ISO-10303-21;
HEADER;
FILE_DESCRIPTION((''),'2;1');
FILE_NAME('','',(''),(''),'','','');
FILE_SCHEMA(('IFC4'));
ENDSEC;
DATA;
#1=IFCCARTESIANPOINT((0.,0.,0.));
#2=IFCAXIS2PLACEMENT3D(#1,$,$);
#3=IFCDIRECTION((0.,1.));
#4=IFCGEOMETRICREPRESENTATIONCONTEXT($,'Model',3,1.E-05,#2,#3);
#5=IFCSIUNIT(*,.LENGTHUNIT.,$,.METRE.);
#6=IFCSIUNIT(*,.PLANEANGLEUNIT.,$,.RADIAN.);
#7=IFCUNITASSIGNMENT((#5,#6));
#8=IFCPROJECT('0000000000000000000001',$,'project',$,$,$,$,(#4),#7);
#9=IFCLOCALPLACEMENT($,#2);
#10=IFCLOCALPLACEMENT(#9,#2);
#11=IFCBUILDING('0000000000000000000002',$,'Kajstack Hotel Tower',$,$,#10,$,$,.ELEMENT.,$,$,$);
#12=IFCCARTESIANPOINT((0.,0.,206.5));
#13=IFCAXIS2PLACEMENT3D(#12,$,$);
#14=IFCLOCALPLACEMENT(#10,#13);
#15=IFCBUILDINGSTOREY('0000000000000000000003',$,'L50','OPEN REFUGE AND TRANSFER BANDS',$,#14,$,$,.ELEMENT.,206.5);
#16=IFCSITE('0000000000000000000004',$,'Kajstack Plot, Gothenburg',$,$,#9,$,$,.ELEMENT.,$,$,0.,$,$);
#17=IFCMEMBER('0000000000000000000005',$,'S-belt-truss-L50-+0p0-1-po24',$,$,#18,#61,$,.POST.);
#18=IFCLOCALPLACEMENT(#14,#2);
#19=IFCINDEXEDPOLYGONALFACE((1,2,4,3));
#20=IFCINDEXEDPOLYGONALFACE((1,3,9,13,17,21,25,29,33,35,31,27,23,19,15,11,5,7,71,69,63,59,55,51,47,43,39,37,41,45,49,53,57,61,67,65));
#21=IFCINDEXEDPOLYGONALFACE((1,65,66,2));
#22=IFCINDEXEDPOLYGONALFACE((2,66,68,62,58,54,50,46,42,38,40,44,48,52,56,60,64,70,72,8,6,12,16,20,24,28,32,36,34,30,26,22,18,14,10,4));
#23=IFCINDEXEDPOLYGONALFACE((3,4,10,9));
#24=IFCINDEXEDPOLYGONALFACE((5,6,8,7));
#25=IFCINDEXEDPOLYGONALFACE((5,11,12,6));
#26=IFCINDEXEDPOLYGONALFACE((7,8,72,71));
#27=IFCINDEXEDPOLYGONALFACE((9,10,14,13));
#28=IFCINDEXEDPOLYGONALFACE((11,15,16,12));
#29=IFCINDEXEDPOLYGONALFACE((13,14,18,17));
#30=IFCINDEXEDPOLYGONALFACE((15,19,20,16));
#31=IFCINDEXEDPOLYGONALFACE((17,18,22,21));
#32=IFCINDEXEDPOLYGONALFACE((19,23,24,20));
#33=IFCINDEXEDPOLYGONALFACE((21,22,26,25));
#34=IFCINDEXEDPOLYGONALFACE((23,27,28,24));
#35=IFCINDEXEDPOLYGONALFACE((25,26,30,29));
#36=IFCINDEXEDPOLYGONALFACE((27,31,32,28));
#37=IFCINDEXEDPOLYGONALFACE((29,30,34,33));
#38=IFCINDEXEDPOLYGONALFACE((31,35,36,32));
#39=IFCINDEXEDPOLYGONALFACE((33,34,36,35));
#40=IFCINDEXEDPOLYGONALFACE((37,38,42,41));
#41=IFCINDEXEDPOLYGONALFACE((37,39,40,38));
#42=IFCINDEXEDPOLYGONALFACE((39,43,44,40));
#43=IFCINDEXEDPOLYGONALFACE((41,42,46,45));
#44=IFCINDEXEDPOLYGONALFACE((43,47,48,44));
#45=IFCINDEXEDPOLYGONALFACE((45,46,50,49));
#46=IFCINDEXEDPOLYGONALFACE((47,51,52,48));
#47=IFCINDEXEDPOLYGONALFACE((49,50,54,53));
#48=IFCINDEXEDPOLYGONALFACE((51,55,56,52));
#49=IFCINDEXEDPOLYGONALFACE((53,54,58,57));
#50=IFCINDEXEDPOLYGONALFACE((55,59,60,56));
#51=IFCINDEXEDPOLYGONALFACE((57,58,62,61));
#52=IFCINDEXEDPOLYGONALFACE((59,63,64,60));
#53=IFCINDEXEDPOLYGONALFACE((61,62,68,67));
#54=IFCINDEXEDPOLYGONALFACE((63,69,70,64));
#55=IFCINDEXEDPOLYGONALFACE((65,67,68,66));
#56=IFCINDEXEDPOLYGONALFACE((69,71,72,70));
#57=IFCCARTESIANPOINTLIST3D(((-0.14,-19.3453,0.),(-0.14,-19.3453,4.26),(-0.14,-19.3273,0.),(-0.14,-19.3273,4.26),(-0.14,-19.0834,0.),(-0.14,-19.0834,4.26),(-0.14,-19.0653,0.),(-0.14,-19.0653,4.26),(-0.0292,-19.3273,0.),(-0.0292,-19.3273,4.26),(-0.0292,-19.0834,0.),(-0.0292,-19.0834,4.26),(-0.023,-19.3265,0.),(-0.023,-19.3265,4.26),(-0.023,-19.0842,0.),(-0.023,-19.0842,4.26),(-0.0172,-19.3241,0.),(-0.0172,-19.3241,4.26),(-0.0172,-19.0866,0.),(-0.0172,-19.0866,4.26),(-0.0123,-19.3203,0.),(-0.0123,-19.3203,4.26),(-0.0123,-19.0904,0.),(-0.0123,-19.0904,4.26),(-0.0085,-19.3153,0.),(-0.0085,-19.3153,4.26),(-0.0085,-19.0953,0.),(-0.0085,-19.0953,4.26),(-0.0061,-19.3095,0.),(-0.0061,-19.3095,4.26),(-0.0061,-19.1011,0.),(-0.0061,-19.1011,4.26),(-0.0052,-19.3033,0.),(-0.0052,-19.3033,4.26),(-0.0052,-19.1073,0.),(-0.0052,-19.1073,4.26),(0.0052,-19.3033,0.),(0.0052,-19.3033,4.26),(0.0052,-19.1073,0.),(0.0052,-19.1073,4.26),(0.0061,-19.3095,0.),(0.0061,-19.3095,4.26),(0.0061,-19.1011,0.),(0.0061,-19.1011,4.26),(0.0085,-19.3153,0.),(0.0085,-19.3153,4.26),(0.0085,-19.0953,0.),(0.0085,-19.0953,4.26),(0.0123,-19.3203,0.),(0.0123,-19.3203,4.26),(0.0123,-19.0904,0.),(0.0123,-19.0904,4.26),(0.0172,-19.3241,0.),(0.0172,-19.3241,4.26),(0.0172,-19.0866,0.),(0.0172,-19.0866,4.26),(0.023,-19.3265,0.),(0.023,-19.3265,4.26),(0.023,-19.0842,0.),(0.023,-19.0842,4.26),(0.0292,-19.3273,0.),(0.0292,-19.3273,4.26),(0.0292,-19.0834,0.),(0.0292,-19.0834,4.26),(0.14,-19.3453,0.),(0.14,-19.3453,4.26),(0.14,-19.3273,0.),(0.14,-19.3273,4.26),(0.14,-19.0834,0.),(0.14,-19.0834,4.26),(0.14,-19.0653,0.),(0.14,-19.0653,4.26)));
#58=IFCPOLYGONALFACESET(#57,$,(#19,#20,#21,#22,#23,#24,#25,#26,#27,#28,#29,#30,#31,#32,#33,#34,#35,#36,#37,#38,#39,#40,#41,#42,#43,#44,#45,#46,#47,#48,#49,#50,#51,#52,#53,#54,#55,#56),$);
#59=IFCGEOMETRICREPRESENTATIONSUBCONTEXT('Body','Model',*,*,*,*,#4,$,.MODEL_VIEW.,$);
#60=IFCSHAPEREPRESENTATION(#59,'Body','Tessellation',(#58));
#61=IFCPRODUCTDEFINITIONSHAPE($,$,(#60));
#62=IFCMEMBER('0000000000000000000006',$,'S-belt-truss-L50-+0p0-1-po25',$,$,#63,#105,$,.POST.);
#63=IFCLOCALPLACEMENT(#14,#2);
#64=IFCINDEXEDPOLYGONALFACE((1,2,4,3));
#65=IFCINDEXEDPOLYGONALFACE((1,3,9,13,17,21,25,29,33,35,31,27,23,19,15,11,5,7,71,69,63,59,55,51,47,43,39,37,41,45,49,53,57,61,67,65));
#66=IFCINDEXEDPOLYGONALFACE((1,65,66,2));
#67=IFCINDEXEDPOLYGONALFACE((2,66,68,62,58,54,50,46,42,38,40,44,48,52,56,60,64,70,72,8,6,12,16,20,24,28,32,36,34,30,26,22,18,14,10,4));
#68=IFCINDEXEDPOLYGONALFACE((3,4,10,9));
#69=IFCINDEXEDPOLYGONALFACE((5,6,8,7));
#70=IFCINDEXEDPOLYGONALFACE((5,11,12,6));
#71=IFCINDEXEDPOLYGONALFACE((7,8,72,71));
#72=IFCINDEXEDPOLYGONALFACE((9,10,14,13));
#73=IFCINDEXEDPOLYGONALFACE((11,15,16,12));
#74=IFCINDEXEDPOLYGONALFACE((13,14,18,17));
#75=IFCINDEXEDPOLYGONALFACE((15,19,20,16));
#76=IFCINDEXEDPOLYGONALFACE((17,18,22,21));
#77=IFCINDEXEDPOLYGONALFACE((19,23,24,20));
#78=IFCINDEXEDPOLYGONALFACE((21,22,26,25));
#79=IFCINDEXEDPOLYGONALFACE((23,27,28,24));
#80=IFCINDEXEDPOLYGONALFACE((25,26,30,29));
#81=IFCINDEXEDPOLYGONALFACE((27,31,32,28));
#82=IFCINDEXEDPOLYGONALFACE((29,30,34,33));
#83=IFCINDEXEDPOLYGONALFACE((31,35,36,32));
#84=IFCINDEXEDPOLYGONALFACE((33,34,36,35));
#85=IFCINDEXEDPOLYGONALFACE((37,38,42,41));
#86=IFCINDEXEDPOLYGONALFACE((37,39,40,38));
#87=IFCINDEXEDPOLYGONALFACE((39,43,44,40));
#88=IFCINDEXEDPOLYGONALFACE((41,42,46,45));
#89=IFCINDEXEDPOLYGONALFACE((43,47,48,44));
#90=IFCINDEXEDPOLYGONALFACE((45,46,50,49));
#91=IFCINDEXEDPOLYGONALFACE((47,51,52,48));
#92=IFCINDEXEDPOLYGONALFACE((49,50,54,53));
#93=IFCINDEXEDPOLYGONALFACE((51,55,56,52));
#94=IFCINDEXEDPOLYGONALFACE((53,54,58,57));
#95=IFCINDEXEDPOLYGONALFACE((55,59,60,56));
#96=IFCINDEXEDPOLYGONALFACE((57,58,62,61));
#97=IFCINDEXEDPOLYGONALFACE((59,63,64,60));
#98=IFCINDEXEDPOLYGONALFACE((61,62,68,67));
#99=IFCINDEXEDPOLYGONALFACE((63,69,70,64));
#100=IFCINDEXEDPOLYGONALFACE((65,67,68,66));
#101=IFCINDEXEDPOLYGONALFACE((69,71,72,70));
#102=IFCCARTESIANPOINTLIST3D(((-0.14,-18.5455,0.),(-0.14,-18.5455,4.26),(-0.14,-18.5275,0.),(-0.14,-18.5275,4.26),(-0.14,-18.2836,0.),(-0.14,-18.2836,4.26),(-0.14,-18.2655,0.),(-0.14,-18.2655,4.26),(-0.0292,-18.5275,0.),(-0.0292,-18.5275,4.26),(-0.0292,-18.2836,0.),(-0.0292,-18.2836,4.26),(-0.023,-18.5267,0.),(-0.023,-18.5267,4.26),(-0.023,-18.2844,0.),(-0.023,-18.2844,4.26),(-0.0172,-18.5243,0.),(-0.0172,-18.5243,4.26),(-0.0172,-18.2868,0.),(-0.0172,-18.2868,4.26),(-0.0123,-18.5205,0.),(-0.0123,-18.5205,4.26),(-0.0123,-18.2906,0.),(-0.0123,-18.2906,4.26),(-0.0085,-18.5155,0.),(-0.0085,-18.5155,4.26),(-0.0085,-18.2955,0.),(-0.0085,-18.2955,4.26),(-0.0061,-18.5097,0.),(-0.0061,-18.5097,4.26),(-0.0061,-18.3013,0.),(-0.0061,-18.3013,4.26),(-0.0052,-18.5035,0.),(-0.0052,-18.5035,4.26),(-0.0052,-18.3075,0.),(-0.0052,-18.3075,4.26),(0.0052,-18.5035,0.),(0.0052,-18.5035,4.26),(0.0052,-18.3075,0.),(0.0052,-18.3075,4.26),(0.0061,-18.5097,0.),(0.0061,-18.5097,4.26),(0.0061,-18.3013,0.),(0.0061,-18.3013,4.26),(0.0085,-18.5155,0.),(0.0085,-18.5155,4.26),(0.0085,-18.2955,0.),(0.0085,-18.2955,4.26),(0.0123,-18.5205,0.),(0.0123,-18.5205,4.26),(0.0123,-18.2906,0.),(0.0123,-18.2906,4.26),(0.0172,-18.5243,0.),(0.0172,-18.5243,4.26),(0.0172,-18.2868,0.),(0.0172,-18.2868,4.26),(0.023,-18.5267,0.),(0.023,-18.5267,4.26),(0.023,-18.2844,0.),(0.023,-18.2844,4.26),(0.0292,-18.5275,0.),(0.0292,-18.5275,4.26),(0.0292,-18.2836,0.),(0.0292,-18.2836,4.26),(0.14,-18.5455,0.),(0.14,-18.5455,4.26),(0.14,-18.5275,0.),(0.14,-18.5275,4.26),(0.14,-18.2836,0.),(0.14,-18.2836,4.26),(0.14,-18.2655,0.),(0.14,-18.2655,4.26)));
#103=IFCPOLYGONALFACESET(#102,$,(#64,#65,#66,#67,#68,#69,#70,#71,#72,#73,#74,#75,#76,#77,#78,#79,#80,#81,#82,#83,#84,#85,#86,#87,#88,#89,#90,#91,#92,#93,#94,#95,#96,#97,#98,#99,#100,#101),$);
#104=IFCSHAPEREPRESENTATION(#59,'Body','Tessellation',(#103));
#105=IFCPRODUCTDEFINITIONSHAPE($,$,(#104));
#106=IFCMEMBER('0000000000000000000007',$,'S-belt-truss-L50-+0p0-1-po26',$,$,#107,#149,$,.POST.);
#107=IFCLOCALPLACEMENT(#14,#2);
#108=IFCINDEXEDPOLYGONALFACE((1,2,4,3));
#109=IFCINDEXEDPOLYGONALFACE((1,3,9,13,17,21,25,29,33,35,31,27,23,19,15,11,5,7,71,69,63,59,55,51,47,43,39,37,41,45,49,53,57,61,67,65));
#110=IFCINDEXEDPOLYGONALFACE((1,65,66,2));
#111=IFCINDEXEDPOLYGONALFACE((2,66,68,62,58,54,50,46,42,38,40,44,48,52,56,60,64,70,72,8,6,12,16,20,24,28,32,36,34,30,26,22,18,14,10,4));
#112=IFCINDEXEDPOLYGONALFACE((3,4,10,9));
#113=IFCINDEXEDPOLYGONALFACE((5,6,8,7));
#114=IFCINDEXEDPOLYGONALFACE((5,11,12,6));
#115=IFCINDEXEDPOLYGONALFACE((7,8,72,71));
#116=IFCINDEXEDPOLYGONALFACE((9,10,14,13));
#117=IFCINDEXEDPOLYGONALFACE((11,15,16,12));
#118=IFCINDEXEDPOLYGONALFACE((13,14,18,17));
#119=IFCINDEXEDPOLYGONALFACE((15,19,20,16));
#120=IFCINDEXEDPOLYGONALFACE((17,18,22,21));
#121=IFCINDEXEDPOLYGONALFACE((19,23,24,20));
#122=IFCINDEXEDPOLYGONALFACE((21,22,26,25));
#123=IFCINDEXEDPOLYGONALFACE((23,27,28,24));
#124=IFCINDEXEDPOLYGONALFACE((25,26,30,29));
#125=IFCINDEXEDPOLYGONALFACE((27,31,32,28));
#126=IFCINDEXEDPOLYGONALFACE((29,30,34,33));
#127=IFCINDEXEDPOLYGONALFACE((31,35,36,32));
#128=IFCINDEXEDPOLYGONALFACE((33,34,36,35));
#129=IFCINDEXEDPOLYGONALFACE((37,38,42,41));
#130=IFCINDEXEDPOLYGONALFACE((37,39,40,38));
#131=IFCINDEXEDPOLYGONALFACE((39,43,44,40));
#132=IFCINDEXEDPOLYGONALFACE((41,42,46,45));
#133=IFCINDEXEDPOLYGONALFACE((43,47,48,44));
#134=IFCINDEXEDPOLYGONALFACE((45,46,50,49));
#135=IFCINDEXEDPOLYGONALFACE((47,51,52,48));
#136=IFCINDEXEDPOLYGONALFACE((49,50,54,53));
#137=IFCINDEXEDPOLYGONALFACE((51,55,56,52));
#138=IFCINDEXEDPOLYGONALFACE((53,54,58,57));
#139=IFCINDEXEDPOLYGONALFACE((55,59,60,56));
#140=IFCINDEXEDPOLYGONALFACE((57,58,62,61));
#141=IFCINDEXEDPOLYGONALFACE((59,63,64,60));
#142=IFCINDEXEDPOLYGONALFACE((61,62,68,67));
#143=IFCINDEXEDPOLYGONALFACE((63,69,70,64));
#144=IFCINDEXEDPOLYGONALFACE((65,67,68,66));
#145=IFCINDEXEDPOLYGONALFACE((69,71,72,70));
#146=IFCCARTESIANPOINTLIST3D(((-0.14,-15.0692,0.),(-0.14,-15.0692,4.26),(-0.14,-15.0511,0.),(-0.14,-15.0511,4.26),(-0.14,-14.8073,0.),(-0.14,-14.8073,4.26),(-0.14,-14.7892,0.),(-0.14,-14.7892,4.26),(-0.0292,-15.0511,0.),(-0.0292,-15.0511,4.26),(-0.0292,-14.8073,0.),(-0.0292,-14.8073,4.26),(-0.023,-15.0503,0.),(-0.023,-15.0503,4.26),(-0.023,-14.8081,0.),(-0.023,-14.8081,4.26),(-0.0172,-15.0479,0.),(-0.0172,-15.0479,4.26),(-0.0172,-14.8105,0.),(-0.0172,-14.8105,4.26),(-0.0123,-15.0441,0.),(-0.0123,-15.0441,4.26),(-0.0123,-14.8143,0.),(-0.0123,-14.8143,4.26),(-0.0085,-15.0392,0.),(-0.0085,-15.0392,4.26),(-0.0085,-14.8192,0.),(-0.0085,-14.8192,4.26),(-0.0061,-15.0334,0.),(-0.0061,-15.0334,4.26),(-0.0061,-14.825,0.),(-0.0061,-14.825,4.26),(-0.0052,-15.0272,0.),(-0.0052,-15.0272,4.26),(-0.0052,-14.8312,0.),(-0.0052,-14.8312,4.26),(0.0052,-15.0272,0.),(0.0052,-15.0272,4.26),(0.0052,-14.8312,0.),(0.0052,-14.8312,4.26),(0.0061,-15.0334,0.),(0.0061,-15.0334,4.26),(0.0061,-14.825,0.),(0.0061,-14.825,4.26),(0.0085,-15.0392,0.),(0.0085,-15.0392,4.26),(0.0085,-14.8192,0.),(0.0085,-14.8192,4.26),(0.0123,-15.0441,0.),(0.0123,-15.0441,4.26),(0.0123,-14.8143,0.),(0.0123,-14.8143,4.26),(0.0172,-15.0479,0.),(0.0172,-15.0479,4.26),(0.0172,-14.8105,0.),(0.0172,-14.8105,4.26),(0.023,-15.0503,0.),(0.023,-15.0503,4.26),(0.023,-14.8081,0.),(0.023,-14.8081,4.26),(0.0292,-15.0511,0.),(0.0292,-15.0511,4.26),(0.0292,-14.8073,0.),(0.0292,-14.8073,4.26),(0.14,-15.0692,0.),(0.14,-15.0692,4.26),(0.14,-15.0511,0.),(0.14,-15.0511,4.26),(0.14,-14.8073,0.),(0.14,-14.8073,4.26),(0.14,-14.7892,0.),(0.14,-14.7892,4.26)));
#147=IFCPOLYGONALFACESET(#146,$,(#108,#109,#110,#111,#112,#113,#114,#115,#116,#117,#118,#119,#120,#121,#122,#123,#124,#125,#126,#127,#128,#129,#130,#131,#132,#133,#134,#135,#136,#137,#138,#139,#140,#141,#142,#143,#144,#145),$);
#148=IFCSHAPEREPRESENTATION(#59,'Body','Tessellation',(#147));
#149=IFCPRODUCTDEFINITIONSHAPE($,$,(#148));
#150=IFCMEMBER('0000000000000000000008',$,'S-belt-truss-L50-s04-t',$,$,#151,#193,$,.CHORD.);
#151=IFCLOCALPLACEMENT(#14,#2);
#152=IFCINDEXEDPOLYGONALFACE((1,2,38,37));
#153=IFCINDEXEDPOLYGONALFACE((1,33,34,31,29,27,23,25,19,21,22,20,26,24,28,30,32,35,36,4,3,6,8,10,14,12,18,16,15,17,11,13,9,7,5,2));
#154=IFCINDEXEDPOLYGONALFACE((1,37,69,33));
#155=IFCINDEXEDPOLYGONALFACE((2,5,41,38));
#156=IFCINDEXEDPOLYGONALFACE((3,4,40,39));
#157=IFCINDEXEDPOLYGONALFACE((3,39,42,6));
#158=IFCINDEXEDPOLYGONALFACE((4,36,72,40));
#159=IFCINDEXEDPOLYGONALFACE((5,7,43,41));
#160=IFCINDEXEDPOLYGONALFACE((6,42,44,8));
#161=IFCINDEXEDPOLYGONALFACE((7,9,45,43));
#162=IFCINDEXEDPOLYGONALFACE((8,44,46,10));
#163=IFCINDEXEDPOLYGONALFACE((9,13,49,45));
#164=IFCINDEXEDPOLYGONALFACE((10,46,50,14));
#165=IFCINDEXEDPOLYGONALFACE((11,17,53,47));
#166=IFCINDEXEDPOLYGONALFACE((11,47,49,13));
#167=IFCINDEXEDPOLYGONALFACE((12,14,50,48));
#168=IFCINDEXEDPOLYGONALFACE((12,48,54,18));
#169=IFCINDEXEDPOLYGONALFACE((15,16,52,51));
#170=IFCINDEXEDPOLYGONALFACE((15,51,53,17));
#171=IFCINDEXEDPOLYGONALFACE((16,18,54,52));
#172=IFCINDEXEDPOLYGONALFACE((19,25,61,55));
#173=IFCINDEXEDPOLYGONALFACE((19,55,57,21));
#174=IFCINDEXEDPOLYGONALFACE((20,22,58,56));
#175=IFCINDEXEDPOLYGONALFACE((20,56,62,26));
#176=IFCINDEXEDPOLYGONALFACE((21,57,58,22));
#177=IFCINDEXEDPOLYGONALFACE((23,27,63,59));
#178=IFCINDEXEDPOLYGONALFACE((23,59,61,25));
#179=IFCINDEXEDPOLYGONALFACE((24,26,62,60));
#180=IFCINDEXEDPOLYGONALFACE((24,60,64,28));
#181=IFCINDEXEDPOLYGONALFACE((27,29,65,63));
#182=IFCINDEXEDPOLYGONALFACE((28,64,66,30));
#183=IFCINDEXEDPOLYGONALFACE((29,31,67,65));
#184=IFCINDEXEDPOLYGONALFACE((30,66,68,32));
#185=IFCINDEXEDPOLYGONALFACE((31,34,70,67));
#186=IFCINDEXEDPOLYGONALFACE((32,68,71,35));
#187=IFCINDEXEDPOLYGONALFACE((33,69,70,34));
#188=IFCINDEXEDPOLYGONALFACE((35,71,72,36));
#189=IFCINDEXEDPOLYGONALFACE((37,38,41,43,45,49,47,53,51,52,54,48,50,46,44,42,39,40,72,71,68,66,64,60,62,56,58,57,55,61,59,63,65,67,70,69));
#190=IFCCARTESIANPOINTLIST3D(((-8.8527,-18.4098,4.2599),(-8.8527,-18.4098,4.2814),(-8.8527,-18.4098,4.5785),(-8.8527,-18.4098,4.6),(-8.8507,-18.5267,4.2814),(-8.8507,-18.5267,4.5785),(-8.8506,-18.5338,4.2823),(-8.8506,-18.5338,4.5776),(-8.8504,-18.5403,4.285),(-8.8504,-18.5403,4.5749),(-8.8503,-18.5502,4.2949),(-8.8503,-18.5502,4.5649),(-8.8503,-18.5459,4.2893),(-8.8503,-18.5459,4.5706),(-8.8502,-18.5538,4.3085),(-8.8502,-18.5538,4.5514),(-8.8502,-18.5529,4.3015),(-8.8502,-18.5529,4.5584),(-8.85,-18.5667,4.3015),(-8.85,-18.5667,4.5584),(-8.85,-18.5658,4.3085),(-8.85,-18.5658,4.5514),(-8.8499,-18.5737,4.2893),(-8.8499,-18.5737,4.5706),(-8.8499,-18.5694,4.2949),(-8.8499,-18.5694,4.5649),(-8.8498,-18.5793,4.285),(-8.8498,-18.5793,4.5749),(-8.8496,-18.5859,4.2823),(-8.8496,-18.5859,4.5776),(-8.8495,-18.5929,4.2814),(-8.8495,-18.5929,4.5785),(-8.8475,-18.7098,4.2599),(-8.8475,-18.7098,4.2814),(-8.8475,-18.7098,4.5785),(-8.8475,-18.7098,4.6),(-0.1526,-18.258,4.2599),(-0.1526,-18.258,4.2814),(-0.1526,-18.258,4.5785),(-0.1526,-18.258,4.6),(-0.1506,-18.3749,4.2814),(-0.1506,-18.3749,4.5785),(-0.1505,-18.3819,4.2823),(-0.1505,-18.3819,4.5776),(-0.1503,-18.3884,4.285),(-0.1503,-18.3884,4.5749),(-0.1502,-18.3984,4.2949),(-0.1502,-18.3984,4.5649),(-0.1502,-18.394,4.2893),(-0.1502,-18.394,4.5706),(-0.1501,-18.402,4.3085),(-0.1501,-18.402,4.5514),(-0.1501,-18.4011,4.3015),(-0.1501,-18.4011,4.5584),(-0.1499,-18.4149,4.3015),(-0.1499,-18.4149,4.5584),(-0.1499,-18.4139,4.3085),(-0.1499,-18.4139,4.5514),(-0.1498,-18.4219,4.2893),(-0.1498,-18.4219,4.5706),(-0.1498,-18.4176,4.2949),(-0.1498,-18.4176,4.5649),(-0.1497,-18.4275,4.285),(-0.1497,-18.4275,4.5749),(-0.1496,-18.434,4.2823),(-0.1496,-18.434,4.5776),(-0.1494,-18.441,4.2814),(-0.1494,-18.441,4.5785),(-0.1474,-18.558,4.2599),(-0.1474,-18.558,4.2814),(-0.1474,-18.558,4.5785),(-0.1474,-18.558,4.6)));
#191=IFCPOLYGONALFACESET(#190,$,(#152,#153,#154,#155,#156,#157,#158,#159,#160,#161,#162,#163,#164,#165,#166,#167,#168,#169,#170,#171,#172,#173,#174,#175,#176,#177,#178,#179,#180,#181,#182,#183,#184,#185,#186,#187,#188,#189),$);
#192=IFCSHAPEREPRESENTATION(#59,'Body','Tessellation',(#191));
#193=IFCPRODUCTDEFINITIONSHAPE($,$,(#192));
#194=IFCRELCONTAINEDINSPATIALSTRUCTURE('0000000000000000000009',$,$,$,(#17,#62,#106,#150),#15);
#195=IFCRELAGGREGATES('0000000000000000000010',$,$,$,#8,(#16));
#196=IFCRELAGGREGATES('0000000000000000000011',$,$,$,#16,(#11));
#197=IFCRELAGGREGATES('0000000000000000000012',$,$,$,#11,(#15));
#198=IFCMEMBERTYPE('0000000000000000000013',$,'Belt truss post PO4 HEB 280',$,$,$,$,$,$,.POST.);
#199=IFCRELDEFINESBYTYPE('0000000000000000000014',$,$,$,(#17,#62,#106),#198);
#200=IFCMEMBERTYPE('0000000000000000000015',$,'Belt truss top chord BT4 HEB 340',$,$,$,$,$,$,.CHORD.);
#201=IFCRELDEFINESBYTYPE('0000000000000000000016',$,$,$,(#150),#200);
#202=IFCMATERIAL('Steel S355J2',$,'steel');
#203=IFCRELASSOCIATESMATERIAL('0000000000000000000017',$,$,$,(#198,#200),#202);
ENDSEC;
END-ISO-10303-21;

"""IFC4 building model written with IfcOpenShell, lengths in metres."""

from ifc_helpers import new_model, si_unit, direction, frame, origin, origin_2d, place, context, subcontext, project, spatial, i_section, extrude, material, material_profile, profile_set, type_object, element, save


model = new_model("IFC4")

# Units and contexts
model_context = context("Model", 3, precision=1e-05, world=origin(), true_north=direction((0.0, 1.0)))
body_context = subcontext(model_context, "Body", "Model", "MODEL_VIEW")
ifc_project = project(units=[si_unit("LENGTHUNIT", "METRE"), si_unit("PLANEANGLEUNIT", "RADIAN")], contexts=[model_context])

# Site, building, storey
site_placement = place(None, origin())
site = spatial("IfcSite", under=ifc_project, at=site_placement, Name="Kajstack Plot, Gothenburg", CompositionType="ELEMENT", RefElevation=0.0)
building_placement = place(site_placement, origin())
building = spatial("IfcBuilding", under=site, at=building_placement, Name="Kajstack Hotel Tower", CompositionType="ELEMENT")
storey_placement = place(building_placement, frame((0.0, 0.0, 206.5)))
storey = spatial("IfcBuildingStorey", under=building, at=storey_placement, Name="L50", Description="OPEN REFUGE AND TRANSFER BANDS", CompositionType="ELEMENT", Elevation=206.5)

# Members
ifc_material_1 = material(Name="Steel S355J2", Category="steel")
ifc_material_profile_1 = material_profile(ifc_material_1, i_section(OverallWidth=0.28, OverallDepth=0.28, WebThickness=0.0105, FlangeThickness=0.0181, FilletRadius=0.0239, at=origin_2d()), Name="HEB 280")
ifc_profile_set_1 = profile_set([ifc_material_profile_1], Name="Steel S355J2")
member_type_1 = type_object("IfcMemberType", Name="Belt truss post PO4 HEB 280", PredefinedType="POST", material=ifc_profile_set_1)
for number, where, z_axis, x_axis, name in (
    (1, (0.0, -19.2053, 0.0), (0.0, 0.0, 1.0), (1.0, 0.0, 0.0), "S-belt-truss-L50-+0p0-1-po24"),
    (2, (0.0, -18.4055, 0.0), (0.0, 0.0, 1.0), (1.0, 0.0, 0.0), "S-belt-truss-L50-+0p0-1-po25"),
    (3, (0.0, -14.9292, 0.0), (0.0, 0.0, 1.0), (1.0, 0.0, 0.0), "S-belt-truss-L50-+0p0-1-po26"),
):
    element("IfcMember", number, at=place(storey_placement, frame(where, z_axis=z_axis, x_axis=x_axis)), inside=storey, type_object=member_type_1, Name=name, PredefinedType="POST", context=body_context, shape_type="SweptSolid", body=[
        extrude(i_section(OverallWidth=0.28, OverallDepth=0.28, WebThickness=0.0105, FlangeThickness=0.0181, FilletRadius=0.0239, at=origin_2d()), origin(), (0.0, 0.0, 1.0), 4.26),
    ])
ifc_material_profile_2 = material_profile(ifc_material_1, i_section(OverallWidth=0.3, OverallDepth=0.3401, WebThickness=0.012, FlangeThickness=0.0215, FilletRadius=0.0271, at=origin_2d()), Name="HEB 340")
ifc_profile_set_2 = profile_set([ifc_material_profile_2], Name="Steel S355J2")
member_type_2 = type_object("IfcMemberType", Name="Belt truss top chord BT4 HEB 340", PredefinedType="CHORD", material=ifc_profile_set_2)
member_1_placement = place(storey_placement, frame((-8.8501, -18.5598, 4.4299), z_axis=(0.999848, 0.017452, 0.0), x_axis=(-0.017452, 0.999848, 0.0)))
element("IfcMember", 4, at=member_1_placement, inside=storey, type_object=member_type_2, Name="S-belt-truss-L50-s04-t", PredefinedType="CHORD", context=body_context, shape_type="SweptSolid", body=[
    extrude(i_section(OverallWidth=0.3, OverallDepth=0.3401, WebThickness=0.012, FlangeThickness=0.0215, FilletRadius=0.0271, at=origin_2d()), origin(), (0.0, 0.0, 1.0), 8.7014),
])

save(model, "model.ifc")
